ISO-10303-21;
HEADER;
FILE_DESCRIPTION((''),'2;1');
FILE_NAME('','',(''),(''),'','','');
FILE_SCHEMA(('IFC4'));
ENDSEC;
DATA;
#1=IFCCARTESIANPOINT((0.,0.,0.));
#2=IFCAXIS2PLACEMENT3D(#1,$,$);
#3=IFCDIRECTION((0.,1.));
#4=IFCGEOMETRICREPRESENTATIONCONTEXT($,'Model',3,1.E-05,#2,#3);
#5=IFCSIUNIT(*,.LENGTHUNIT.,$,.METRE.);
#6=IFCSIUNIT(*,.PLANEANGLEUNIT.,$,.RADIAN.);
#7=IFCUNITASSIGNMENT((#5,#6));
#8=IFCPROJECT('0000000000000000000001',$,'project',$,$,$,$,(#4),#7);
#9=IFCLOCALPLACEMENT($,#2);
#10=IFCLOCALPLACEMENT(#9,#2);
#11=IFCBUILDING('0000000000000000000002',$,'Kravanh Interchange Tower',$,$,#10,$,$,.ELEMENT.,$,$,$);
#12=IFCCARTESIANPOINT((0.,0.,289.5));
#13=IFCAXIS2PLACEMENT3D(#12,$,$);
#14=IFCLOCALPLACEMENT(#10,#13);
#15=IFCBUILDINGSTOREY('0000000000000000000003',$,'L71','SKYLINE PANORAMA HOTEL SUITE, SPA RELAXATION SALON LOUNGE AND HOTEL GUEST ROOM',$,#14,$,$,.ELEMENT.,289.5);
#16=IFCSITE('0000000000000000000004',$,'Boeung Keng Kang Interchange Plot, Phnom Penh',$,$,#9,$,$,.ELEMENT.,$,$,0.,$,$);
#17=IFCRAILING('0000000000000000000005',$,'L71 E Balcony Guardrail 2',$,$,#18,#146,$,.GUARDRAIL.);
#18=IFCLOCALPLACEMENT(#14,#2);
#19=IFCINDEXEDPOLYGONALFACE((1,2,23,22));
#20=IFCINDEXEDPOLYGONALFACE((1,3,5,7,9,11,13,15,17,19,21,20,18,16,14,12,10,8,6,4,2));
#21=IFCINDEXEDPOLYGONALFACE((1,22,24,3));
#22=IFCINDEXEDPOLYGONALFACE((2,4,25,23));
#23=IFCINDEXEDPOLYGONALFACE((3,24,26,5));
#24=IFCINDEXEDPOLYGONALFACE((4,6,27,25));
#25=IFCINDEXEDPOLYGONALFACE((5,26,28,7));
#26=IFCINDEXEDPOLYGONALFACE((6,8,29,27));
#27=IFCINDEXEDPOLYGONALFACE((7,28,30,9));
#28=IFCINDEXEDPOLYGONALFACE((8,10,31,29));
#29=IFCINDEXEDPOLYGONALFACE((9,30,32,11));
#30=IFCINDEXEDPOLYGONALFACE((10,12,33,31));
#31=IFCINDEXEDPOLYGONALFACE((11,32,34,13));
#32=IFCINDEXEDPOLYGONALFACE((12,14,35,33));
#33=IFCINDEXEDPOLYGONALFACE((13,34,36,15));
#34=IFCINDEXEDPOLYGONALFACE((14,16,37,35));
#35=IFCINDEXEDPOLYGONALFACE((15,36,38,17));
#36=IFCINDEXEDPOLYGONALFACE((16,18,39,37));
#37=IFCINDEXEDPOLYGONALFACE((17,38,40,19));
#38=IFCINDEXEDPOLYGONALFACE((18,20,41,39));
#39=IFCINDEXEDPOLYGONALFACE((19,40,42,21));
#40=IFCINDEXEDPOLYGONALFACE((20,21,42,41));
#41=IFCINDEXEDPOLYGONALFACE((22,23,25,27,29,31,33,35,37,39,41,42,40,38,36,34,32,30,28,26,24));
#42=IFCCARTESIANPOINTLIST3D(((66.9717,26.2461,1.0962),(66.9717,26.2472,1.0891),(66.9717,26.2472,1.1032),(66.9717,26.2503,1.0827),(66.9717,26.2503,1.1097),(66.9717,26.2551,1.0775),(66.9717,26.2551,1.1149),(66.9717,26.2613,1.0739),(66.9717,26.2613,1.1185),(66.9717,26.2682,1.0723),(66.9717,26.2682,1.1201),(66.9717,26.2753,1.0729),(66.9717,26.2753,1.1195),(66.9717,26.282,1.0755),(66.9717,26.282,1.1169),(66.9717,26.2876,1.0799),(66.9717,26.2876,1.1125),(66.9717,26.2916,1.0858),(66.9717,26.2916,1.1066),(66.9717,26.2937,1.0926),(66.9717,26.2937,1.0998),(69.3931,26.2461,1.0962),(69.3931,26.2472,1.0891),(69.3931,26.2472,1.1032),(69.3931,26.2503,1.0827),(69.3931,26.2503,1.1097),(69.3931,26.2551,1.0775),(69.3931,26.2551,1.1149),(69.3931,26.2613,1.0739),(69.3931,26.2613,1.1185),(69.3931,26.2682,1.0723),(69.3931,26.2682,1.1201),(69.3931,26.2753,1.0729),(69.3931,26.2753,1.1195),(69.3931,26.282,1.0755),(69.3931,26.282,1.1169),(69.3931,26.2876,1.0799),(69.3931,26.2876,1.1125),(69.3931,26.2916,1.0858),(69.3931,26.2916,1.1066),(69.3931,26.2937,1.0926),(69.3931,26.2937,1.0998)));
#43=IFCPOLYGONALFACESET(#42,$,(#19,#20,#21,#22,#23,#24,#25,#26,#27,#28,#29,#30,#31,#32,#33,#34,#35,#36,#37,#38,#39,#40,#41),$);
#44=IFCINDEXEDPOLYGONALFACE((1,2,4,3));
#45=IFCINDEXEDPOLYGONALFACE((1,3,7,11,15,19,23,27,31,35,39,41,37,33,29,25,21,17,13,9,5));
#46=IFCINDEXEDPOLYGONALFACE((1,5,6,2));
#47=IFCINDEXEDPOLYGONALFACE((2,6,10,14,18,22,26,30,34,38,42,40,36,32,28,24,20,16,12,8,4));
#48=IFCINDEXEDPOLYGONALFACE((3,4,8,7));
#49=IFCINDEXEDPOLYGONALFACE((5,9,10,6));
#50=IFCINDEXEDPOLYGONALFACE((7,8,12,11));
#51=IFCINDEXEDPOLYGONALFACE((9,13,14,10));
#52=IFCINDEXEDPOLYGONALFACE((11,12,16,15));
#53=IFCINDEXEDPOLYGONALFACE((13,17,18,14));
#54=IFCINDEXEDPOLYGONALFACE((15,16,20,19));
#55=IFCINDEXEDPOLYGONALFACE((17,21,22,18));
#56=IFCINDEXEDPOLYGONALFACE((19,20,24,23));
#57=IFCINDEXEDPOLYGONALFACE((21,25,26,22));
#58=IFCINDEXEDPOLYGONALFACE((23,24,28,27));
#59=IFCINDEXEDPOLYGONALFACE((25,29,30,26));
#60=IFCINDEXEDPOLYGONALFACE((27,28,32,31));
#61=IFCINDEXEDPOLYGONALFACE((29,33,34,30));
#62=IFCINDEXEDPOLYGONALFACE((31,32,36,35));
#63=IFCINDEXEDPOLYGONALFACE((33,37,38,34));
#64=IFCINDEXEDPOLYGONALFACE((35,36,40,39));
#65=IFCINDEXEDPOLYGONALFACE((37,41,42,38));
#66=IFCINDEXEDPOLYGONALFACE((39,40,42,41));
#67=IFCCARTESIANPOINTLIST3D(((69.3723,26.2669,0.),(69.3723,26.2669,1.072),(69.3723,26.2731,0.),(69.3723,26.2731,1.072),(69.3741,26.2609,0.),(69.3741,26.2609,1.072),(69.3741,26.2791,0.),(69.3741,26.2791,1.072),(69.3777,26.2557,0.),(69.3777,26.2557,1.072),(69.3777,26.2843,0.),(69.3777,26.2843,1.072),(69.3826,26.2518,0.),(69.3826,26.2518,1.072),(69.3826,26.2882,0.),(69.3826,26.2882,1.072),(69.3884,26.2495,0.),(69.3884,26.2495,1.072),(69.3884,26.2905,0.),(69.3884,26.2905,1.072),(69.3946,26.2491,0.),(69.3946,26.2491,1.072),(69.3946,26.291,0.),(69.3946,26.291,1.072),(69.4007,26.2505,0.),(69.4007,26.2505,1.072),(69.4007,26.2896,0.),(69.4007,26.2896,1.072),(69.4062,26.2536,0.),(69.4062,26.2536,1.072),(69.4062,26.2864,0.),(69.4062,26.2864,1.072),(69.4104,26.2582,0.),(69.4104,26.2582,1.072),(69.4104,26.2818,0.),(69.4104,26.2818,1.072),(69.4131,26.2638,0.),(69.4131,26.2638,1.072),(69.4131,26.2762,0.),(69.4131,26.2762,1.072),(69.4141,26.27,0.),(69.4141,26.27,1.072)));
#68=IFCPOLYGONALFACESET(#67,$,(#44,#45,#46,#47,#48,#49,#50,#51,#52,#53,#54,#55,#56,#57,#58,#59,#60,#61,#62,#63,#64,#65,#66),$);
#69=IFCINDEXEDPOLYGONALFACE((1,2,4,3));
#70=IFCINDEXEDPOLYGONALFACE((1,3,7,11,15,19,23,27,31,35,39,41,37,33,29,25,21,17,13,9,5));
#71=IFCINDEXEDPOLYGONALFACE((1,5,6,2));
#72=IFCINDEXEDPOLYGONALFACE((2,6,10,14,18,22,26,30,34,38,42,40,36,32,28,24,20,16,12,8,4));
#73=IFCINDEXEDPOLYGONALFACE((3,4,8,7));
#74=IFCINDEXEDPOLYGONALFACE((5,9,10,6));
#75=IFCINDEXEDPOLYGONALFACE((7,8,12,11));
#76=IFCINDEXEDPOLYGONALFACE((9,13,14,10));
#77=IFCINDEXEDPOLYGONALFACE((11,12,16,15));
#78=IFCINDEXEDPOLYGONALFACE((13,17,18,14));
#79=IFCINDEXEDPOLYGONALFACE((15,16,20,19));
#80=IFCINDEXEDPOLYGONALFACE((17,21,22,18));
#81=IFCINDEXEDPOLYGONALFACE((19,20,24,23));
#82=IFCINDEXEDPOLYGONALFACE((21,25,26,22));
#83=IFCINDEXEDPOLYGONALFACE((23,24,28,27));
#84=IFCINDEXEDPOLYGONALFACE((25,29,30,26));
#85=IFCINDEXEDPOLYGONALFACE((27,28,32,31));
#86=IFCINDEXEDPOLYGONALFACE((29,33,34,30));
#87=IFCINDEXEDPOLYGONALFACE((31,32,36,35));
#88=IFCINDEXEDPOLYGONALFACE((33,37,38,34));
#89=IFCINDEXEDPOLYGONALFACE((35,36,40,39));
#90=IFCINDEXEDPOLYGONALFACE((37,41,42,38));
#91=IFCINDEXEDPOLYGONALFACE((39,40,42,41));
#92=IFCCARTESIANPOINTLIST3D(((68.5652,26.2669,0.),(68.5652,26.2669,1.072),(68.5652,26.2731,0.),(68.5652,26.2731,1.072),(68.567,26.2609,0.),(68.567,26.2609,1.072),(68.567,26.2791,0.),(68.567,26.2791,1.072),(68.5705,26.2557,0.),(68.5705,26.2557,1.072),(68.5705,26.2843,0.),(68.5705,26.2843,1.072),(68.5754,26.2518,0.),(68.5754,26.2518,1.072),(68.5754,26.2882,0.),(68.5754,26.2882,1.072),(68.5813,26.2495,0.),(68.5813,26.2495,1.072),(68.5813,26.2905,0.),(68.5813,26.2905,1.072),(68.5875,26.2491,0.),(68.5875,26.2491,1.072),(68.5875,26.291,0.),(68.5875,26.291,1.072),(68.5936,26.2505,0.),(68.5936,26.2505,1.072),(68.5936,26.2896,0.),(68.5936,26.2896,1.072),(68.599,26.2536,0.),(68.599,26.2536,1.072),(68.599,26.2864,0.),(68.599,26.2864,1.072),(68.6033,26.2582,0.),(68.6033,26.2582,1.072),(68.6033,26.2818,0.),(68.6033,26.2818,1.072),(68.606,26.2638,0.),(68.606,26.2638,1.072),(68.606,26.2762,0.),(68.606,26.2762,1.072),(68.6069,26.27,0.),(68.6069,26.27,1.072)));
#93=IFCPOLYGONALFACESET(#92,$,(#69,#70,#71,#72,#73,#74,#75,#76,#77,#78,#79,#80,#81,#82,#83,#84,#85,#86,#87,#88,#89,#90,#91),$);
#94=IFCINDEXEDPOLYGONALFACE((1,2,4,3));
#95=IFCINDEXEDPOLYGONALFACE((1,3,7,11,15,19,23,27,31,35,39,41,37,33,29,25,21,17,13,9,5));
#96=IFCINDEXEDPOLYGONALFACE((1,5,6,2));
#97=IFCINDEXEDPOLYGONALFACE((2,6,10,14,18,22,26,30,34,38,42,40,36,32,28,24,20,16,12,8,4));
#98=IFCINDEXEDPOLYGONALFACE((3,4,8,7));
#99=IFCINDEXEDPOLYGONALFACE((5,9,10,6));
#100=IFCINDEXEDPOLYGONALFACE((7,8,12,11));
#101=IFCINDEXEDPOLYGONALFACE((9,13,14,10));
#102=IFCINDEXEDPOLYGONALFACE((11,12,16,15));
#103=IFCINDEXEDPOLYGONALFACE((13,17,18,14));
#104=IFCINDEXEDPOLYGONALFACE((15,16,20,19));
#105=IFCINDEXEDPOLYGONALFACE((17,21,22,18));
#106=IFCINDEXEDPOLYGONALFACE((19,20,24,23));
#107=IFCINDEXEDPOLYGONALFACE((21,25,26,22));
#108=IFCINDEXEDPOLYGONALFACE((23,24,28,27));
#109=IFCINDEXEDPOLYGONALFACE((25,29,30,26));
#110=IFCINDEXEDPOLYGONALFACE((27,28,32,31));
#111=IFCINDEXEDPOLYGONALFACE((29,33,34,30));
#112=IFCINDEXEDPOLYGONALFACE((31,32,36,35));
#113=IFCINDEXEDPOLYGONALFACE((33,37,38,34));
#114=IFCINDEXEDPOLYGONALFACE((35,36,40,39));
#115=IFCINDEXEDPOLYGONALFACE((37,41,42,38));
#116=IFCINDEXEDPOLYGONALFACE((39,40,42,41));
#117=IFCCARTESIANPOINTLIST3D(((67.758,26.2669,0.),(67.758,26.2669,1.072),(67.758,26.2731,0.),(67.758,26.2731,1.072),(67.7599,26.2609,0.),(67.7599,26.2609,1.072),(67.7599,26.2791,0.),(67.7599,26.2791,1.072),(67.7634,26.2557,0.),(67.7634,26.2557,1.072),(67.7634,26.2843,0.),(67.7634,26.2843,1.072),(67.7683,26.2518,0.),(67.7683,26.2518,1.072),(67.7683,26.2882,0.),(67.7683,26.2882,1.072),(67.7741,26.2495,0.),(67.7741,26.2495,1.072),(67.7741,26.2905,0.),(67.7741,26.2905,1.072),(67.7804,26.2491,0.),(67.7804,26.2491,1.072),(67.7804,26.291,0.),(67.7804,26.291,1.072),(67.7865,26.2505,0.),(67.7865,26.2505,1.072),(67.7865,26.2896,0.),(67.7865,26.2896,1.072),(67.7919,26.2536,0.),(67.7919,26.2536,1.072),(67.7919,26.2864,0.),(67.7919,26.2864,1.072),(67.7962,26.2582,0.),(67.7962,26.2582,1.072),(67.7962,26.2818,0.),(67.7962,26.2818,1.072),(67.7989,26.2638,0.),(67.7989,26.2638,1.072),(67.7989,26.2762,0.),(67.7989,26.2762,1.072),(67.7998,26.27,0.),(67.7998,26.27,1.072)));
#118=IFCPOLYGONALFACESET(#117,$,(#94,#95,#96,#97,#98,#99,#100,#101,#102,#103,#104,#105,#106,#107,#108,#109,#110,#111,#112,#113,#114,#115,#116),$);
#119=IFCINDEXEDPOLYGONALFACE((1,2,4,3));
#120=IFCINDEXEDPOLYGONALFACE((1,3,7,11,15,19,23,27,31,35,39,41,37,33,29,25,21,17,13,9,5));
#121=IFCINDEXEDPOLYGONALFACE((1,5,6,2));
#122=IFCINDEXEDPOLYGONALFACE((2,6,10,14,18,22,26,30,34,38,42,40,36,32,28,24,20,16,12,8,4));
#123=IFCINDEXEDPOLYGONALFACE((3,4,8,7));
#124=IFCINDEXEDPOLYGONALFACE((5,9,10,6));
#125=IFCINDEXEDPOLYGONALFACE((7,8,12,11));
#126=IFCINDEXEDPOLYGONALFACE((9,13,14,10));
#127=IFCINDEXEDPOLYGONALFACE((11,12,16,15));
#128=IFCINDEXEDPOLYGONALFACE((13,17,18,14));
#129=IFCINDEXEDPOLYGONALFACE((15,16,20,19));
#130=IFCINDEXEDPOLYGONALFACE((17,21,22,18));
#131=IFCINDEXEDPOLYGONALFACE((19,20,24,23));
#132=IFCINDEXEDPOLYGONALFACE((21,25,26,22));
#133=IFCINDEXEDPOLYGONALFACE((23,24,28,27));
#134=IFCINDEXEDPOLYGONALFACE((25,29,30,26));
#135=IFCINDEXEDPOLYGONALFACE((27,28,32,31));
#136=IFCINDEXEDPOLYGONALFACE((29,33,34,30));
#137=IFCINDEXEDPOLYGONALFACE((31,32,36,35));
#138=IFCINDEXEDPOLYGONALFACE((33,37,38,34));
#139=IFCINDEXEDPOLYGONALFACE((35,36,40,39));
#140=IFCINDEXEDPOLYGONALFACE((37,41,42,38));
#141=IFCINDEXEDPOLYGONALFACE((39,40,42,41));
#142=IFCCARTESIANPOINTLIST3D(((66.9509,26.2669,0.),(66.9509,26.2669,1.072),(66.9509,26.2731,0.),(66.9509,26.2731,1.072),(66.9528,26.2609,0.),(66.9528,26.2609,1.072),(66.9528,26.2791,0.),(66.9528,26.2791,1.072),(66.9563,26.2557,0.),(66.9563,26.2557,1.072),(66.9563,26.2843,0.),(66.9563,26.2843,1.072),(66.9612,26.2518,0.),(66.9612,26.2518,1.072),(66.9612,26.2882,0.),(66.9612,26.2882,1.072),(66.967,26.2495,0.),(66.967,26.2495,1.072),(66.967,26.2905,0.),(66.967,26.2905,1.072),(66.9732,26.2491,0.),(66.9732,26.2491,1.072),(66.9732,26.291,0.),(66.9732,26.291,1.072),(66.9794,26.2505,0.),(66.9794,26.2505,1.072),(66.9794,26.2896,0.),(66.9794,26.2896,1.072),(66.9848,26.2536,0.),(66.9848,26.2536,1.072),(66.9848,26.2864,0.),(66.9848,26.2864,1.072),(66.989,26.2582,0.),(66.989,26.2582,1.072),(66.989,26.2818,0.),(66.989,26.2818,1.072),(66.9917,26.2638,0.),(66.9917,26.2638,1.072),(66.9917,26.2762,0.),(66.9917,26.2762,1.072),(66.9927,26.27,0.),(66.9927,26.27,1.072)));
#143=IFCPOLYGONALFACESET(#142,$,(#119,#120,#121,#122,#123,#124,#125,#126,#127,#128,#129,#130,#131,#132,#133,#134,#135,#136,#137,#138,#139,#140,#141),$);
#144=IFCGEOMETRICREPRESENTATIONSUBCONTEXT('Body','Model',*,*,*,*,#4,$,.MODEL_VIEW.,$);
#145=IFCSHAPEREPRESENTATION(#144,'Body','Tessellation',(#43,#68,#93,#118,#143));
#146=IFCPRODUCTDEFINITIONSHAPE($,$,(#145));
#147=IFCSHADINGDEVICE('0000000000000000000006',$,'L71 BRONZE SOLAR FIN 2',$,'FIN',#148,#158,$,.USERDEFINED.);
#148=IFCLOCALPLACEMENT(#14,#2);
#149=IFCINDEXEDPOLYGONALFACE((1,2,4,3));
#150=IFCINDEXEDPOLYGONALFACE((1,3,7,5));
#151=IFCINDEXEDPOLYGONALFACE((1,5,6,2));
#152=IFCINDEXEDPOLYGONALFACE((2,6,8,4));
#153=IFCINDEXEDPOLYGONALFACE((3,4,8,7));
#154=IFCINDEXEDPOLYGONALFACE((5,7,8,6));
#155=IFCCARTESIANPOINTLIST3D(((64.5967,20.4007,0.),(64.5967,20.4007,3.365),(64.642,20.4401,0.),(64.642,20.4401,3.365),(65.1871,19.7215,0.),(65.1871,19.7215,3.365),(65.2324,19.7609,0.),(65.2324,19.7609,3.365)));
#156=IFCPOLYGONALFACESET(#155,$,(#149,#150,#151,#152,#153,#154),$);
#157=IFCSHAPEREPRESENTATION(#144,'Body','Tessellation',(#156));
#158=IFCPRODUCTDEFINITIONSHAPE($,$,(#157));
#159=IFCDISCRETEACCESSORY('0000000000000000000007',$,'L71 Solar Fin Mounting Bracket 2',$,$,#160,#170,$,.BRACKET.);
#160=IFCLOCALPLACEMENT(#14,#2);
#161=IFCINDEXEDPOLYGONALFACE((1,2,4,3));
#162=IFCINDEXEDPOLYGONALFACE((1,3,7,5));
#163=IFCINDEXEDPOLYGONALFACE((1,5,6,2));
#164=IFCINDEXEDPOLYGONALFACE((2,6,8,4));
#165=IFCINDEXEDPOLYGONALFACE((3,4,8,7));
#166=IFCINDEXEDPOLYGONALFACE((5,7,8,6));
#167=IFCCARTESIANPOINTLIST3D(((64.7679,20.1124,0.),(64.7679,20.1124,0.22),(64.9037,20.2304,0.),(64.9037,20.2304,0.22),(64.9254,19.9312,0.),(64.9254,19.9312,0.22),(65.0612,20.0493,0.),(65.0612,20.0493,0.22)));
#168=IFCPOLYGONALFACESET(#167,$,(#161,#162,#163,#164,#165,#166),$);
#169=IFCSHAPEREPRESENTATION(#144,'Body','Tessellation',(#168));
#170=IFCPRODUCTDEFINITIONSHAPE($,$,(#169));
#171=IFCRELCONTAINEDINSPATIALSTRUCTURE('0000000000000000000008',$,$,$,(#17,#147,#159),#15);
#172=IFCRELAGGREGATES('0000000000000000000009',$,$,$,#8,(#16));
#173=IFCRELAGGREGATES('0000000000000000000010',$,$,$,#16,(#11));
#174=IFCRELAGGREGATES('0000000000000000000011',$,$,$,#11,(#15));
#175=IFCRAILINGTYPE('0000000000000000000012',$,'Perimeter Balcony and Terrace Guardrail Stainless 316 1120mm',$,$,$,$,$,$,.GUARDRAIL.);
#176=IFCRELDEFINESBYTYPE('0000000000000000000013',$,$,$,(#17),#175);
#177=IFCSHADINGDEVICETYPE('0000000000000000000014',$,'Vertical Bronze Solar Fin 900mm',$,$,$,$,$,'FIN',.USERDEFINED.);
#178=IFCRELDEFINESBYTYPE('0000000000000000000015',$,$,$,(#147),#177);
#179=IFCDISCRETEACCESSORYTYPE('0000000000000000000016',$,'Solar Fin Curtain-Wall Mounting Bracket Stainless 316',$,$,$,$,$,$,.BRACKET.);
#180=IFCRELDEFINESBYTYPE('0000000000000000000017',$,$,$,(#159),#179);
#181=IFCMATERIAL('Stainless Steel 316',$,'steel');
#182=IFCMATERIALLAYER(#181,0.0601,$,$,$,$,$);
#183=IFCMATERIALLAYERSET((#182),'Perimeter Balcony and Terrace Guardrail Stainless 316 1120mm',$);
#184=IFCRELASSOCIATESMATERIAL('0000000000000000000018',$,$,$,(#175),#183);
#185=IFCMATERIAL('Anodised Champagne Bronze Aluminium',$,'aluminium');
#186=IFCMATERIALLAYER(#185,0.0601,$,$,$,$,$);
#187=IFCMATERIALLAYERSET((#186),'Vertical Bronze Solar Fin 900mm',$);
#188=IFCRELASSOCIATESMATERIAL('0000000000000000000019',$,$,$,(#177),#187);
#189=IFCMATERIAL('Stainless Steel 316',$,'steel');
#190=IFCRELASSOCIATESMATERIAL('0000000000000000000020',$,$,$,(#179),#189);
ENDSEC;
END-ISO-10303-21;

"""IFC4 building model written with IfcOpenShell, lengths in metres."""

from ifc_helpers import new_model, si_unit, direction, frame, origin, origin_2d, place, context, subcontext, project, spatial, rectangle, circle, extrude, material, layer, layer_set, type_object, element, save


model = new_model("IFC4")

# Units and contexts
model_context = context("Model", 3, precision=1e-05, world=origin(), true_north=direction((0.0, 1.0)))
body_context = subcontext(model_context, "Body", "Model", "MODEL_VIEW")
ifc_project = project(units=[si_unit("LENGTHUNIT", "METRE"), si_unit("PLANEANGLEUNIT", "RADIAN")], contexts=[model_context])

# Site, building, storey
site_placement = place(None, origin())
site = spatial("IfcSite", under=ifc_project, at=site_placement, Name="Boeung Keng Kang Interchange Plot, Phnom Penh", CompositionType="ELEMENT", RefElevation=0.0)
building_placement = place(site_placement, origin())
building = spatial("IfcBuilding", under=site, at=building_placement, Name="Kravanh Interchange Tower", CompositionType="ELEMENT")
storey_placement = place(building_placement, frame((0.0, 0.0, 289.5)))
storey = spatial("IfcBuildingStorey", under=building, at=storey_placement, Name="L71", Description="SKYLINE PANORAMA HOTEL SUITE, SPA RELAXATION SALON LOUNGE AND HOTEL GUEST ROOM", CompositionType="ELEMENT", Elevation=289.5)

# Railing
ifc_material_1 = material(Name="Stainless Steel 316", Category="steel")
ifc_layer_1 = layer(ifc_material_1, 0.0601)
ifc_layer_set_1 = layer_set([ifc_layer_1], Name="Perimeter Balcony and Terrace Guardrail Stainless 316 1120mm")
railing_type = type_object("IfcRailingType", Name="Perimeter Balcony and Terrace Guardrail Stainless 316 1120mm", PredefinedType="GUARDRAIL", material=ifc_layer_set_1)
railing_placement = place(storey_placement, frame((69.3931, 26.27, 0.0)))
element("IfcRailing", 1, at=railing_placement, inside=storey, type_object=railing_type, Name="L71 E Balcony Guardrail 2", PredefinedType="GUARDRAIL", context=body_context, shape_type="SweptSolid", body=[
    extrude(circle(Radius=0.0239, at=origin_2d()), frame((0.0, 0.0, 1.0962), z_axis=(-1.0, 0.0, 0.0), x_axis=(0.0, -1.0, 0.0)), (0.0, 0.0, 1.0), 2.4214),
    extrude(circle(Radius=0.021, at=origin_2d()), origin(), (0.0, 0.0, 1.0), 1.072),
    extrude(circle(Radius=0.021, at=origin_2d()), frame((-0.8071, 0.0, 0.0)), (0.0, 0.0, 1.0), 1.072),
    extrude(circle(Radius=0.021, at=origin_2d()), frame((-1.6143, 0.0, 0.0)), (0.0, 0.0, 1.0), 1.072),
    extrude(circle(Radius=0.021, at=origin_2d()), frame((-2.4214, 0.0, 0.0)), (0.0, 0.0, 1.0), 1.072),
])

# Shading device
ifc_material_2 = material(Name="Anodised Champagne Bronze Aluminium", Category="aluminium")
ifc_layer_2 = layer(ifc_material_2, 0.0601)
ifc_layer_set_2 = layer_set([ifc_layer_2], Name="Vertical Bronze Solar Fin 900mm")
shading_device_type = type_object("IfcShadingDeviceType", Name="Vertical Bronze Solar Fin 900mm", ElementType="FIN", PredefinedType="USERDEFINED", material=ifc_layer_set_2)
shading_device_placement = place(storey_placement, frame((64.9146, 20.0808, 0.0), z_axis=(0.0, 0.0, 1.0), x_axis=(0.656043, -0.754723, 0.0)))
element("IfcShadingDevice", 2, at=shading_device_placement, inside=storey, type_object=shading_device_type, Name="L71 BRONZE SOLAR FIN 2", ObjectType="FIN", PredefinedType="USERDEFINED", context=body_context, shape_type="SweptSolid", body=[
    extrude(rectangle(XDim=0.8999, YDim=0.0601, at=origin_2d()), origin(), (0.0, 0.0, 1.0), 3.365),
])

# Discrete accessory
ifc_material_3 = material(Name="Stainless Steel 316", Category="steel")
discrete_accessory_type = type_object("IfcDiscreteAccessoryType", Name="Solar Fin Curtain-Wall Mounting Bracket Stainless 316", PredefinedType="BRACKET", material=ifc_material_3)
discrete_accessory_placement = place(storey_placement, frame((64.9146, 20.0808, 0.0), z_axis=(0.0, 0.0, 1.0), x_axis=(0.656043, -0.754723, 0.0)))
element("IfcDiscreteAccessory", 3, at=discrete_accessory_placement, inside=storey, type_object=discrete_accessory_type, Name="L71 Solar Fin Mounting Bracket 2", PredefinedType="BRACKET", context=body_context, shape_type="SweptSolid", body=[
    extrude(rectangle(XDim=0.24, YDim=0.1799, at=origin_2d()), origin(), (0.0, 0.0, 1.0), 0.22),
])

save(model, "model.ifc")
